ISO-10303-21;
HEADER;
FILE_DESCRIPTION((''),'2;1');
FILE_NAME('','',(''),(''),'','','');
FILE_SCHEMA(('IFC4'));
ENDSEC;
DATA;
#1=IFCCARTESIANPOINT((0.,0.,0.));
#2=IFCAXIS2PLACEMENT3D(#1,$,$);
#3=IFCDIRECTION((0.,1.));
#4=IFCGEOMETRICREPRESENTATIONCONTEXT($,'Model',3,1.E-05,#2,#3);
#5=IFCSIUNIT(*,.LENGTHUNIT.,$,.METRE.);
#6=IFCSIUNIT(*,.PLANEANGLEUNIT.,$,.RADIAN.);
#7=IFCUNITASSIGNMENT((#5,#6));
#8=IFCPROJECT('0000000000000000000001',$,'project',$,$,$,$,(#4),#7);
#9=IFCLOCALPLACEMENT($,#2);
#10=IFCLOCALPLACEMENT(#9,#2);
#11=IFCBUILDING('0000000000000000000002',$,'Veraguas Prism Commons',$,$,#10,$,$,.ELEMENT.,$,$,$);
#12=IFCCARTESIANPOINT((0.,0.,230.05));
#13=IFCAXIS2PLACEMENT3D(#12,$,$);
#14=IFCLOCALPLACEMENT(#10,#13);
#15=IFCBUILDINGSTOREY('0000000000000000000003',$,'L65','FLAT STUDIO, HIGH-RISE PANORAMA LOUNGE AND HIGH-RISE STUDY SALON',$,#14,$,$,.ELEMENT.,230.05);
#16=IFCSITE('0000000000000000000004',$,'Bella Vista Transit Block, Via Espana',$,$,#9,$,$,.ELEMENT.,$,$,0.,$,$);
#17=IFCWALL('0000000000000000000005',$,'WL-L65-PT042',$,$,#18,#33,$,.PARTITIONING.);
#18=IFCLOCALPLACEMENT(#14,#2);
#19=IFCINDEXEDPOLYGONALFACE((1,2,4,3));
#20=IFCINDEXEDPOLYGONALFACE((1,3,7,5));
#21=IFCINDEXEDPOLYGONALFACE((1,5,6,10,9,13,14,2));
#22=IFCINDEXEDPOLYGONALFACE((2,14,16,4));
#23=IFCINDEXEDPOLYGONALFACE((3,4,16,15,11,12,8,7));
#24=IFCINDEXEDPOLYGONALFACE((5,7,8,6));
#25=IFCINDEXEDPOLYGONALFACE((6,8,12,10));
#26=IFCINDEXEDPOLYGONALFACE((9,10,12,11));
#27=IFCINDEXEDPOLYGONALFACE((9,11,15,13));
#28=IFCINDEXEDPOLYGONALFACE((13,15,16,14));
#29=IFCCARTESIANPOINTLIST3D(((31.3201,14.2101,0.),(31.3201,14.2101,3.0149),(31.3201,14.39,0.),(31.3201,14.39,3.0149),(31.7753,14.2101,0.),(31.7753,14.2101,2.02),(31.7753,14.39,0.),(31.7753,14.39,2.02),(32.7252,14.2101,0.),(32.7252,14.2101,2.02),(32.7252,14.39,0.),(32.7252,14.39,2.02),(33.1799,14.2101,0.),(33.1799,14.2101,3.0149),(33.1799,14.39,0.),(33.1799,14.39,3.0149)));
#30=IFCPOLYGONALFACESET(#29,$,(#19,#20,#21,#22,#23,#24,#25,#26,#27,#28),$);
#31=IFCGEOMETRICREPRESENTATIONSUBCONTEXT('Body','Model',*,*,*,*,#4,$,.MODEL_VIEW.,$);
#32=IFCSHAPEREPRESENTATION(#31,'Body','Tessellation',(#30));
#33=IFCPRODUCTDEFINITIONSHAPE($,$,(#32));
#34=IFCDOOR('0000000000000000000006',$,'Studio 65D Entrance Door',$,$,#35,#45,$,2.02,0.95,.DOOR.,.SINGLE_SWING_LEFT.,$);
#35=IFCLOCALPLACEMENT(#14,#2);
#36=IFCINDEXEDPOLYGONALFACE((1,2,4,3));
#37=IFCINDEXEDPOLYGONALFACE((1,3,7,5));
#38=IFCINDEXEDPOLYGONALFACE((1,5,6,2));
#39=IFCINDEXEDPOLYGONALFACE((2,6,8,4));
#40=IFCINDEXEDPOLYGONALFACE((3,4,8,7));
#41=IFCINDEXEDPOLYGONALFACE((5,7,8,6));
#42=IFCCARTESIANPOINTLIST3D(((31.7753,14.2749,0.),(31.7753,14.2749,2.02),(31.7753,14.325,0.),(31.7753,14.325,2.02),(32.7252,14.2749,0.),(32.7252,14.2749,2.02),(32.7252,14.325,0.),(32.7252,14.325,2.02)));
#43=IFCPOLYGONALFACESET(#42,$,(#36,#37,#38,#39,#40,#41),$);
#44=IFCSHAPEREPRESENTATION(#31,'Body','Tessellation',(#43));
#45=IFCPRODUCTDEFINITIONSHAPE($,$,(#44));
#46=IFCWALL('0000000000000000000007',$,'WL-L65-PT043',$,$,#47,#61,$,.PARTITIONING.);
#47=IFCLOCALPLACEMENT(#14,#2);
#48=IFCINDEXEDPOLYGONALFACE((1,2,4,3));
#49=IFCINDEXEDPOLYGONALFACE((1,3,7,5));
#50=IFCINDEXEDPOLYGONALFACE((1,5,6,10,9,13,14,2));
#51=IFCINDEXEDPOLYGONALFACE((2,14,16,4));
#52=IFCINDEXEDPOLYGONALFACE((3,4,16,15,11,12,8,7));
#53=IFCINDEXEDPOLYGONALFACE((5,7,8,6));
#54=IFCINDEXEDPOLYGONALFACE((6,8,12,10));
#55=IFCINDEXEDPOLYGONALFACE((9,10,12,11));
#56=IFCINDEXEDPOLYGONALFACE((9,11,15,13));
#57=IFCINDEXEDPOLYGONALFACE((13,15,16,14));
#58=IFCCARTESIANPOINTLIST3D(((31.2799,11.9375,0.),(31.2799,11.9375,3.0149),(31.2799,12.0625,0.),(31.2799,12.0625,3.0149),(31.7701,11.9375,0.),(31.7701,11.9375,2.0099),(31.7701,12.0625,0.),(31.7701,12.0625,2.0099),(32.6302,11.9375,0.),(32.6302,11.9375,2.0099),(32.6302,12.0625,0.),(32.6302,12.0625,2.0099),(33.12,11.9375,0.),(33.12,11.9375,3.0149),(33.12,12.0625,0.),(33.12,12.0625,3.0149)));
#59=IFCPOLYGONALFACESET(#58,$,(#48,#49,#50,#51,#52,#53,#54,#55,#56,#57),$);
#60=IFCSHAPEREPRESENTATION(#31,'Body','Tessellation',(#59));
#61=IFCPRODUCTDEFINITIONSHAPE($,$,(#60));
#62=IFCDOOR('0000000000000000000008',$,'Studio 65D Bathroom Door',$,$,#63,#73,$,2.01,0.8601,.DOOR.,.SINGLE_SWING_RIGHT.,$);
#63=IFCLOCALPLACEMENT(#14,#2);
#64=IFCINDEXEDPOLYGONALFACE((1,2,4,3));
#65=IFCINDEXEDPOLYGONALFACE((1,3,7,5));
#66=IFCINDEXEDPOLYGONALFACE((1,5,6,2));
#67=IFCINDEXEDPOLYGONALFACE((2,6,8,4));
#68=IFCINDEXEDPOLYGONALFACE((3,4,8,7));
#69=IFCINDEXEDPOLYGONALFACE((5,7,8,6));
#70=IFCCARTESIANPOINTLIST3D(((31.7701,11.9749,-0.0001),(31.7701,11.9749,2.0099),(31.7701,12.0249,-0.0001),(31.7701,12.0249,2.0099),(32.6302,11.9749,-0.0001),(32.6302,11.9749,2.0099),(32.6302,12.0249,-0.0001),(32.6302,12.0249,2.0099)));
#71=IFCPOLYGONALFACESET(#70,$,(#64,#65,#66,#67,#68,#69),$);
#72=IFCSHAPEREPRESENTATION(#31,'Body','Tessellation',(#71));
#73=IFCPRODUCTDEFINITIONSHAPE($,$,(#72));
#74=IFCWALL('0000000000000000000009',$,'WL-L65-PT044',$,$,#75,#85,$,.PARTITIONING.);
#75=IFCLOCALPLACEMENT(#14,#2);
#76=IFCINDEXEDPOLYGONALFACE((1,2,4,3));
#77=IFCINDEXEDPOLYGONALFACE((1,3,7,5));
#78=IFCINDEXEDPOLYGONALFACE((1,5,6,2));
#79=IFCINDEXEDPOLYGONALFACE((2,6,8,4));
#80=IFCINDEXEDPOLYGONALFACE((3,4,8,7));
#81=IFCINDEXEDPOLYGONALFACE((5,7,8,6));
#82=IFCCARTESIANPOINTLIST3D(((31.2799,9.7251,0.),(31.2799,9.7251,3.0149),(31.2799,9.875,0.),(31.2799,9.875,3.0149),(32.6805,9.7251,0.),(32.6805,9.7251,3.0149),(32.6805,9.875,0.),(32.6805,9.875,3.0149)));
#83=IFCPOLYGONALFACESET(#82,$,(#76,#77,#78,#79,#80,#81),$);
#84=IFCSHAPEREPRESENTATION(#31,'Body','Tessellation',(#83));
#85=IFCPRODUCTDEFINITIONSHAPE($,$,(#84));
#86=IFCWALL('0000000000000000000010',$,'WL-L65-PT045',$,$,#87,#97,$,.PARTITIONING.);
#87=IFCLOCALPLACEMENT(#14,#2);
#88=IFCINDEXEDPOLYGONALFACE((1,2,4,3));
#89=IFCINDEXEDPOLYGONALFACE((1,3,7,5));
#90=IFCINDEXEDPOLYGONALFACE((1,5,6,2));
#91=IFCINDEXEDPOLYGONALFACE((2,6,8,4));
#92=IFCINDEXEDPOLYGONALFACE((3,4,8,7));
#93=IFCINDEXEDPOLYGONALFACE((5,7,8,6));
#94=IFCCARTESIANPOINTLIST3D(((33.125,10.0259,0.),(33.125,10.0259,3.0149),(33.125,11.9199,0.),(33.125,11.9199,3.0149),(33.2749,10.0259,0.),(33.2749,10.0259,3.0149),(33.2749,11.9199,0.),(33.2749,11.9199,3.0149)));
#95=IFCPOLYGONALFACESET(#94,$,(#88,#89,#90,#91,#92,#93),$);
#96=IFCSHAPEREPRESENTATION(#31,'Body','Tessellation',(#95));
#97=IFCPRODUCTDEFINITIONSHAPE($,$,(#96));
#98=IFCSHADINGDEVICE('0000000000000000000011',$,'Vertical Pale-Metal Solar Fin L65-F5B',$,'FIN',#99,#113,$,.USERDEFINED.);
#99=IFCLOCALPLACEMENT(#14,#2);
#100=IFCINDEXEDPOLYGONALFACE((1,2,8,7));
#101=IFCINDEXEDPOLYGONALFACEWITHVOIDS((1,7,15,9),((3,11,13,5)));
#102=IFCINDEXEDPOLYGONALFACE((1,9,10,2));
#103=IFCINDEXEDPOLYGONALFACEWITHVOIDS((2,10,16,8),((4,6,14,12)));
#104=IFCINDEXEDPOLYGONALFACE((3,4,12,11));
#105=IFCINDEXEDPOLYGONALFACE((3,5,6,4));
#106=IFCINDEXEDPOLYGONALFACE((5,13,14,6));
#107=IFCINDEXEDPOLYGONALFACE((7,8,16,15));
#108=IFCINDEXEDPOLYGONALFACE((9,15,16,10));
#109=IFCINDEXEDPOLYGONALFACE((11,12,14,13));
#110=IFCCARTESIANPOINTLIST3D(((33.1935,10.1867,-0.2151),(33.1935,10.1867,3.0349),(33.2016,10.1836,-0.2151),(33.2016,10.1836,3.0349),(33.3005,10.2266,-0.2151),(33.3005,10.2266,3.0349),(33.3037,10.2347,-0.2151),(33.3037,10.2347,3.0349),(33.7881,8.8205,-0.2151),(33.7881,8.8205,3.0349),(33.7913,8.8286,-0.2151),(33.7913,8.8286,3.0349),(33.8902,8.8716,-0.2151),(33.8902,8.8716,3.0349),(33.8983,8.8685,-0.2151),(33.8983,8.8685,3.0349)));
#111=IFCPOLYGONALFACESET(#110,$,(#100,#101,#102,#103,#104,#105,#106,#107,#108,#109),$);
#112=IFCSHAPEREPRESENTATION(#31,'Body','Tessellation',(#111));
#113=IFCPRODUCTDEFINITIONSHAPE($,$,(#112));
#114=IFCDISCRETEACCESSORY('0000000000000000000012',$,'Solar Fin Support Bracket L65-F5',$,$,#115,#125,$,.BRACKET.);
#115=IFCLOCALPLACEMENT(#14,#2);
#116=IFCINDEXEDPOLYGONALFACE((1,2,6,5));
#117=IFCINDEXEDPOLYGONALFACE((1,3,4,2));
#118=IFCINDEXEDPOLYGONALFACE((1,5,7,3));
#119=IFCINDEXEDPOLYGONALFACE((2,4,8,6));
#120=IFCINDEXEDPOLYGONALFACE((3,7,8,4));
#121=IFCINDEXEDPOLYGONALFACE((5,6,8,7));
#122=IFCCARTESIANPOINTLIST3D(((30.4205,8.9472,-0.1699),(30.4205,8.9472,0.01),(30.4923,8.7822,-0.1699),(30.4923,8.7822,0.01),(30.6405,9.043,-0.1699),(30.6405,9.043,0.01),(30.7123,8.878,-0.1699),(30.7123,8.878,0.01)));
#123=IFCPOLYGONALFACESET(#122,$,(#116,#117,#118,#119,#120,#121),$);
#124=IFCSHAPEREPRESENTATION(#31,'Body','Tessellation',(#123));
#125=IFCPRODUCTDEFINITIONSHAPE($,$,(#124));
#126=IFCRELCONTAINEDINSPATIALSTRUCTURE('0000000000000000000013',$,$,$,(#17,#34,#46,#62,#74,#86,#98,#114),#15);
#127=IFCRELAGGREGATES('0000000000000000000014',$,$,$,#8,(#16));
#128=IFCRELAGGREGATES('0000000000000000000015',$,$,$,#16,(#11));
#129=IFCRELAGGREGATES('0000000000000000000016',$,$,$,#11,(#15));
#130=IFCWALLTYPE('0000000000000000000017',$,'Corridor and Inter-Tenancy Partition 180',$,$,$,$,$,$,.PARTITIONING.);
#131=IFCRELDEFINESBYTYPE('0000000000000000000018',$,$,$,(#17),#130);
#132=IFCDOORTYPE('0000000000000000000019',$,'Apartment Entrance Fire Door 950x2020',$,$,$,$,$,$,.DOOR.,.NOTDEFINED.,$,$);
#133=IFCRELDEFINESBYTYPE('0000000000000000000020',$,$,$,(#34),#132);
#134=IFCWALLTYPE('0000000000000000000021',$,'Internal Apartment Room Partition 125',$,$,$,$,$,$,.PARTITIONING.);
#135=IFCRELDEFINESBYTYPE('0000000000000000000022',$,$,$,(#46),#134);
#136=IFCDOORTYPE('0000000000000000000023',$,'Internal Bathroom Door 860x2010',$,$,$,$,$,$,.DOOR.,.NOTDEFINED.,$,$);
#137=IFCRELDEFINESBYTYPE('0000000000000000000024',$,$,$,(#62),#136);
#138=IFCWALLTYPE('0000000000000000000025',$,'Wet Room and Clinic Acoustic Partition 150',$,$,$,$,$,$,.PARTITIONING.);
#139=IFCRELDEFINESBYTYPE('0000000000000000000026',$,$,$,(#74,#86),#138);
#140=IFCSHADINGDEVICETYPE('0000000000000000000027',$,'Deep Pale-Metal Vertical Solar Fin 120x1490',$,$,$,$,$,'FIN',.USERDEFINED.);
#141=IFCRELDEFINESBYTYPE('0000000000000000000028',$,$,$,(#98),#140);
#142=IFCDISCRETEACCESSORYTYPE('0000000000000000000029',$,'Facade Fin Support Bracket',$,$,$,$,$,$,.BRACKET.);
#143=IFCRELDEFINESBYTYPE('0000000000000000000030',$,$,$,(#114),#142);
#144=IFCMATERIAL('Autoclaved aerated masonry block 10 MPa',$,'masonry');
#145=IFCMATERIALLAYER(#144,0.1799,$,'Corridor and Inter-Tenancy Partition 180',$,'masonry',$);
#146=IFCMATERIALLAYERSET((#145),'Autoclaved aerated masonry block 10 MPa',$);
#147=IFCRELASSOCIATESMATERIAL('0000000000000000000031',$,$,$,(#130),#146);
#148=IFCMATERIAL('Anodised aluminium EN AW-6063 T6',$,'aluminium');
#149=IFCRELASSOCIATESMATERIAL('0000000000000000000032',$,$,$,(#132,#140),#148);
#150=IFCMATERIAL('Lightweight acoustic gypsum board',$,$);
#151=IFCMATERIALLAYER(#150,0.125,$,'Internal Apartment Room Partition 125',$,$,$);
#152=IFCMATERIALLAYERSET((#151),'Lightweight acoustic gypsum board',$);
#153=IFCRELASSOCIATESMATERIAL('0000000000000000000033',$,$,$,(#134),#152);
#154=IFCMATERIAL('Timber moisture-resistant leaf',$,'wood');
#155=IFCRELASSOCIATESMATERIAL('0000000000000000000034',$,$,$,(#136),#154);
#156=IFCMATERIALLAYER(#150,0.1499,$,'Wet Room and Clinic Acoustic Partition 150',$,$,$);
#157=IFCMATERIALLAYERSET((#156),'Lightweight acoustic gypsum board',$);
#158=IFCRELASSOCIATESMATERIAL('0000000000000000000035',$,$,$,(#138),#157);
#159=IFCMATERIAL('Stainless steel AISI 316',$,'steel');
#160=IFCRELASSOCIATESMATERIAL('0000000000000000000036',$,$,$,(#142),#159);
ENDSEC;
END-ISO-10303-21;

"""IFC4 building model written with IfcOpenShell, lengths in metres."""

from ifc_helpers import new_model, si_unit, direction, frame, frame_2d, origin, origin_2d, place, context, subcontext, project, spatial, rectangle, hollow_rectangle, extrude, source, transform, mapped, material, layer, layer_set, material_profile, profile_set, type_object, element, fill, save


model = new_model("IFC4")

# Units and contexts
model_context = context("Model", 3, precision=1e-05, world=origin(), true_north=direction((0.0, 1.0)))
body_context = subcontext(model_context, "Body", "Model", "MODEL_VIEW")
ifc_project = project(units=[si_unit("LENGTHUNIT", "METRE"), si_unit("PLANEANGLEUNIT", "RADIAN")], contexts=[model_context])

# Site, building, storey
site_placement = place(None, origin())
site = spatial("IfcSite", under=ifc_project, at=site_placement, Name="Bella Vista Transit Block, Via Espana", CompositionType="ELEMENT", RefElevation=0.0)
building_placement = place(site_placement, origin())
building = spatial("IfcBuilding", under=site, at=building_placement, Name="Veraguas Prism Commons", CompositionType="ELEMENT")
storey_placement = place(building_placement, frame((0.0, 0.0, 230.05)))
storey = spatial("IfcBuildingStorey", under=building, at=storey_placement, Name="L65", Description="FLAT STUDIO, HIGH-RISE PANORAMA LOUNGE AND HIGH-RISE STUDY SALON", CompositionType="ELEMENT", Elevation=230.05)

# Shared definitions
ifc_material_1 = material(Name="Anodised aluminium EN AW-6063 T6", Category="aluminium")

# Shared definitions
ifc_material_2 = material(Name="Autoclaved aerated masonry block 10 MPa", Category="masonry")
ifc_layer_1 = layer(ifc_material_2, 0.1799, Name="Corridor and Inter-Tenancy Partition 180", Category="masonry")
ifc_layer_set_1 = layer_set([ifc_layer_1], Name="Autoclaved aerated masonry block 10 MPa")
wall_type_1 = type_object("IfcWallType", Name="Corridor and Inter-Tenancy Partition 180", PredefinedType="PARTITIONING", material=ifc_layer_set_1)

# Walls, openings, doors
wall_1_placement = place(storey_placement, frame((31.3201, 14.3, 0.0), z_axis=(0.0, 0.0, 1.0), x_axis=(1.0, 0.0, 0.0)))
wall_1 = element("IfcWall", 1, at=wall_1_placement, inside=storey, type_object=wall_type_1, Name="WL-L65-PT042", PredefinedType="PARTITIONING", context=body_context, shape_type="SweptSolid", body=[
    extrude(rectangle(XDim=1.8599, YDim=0.1799, at=frame_2d((0.9299, 0.0))), origin(), (0.0, 0.0, 1.0), 3.0149),
])
opening_1_placement = place(wall_1_placement, frame((0.4551, 0.0, 0.0)))
opening_1 = element("IfcOpeningElement", 2, at=opening_1_placement, cuts=wall_1, PredefinedType="OPENING", context=body_context, shape_type="SweptSolid", body=[
    extrude(rectangle(XDim=0.95, YDim=2.02, at=frame_2d((0.4751, 1.01))), frame((0.0, 0.0999, 0.0), z_axis=(0.0, -1.0, 0.0), x_axis=(1.0, 0.0, 0.0)), (0.0, 0.0, 1.0), 0.2),
])
door_type_1 = type_object("IfcDoorType", Name="Apartment Entrance Fire Door 950x2020", OperationType="NOTDEFINED", PredefinedType="DOOR", material=ifc_material_1)
shared_shape_1 = source(origin(), body_context, "Body", "SweptSolid", [
    extrude(rectangle(XDim=0.95, YDim=2.02, at=frame_2d((0.4751, 1.01))), frame((0.0, 0.0249, 0.0), z_axis=(0.0, -1.0, 0.0), x_axis=(1.0, 0.0, 0.0)), (0.0, 0.0, 1.0), 0.05),
])
door_1_placement = place(opening_1_placement, origin())
door_1 = element("IfcDoor", 3, at=door_1_placement, inside=storey, type_object=door_type_1, Name="Studio 65D Entrance Door", OperationType="SINGLE_SWING_LEFT", OverallHeight=2.02, OverallWidth=0.95, PredefinedType="DOOR", context=body_context, shape_type="MappedRepresentation", body=[
    mapped(shared_shape_1, transform((0.0, 0.0, 0.0), scale=1.0)),
])
fill(opening_1, door_1)
ifc_material_3 = material(Name="Lightweight acoustic gypsum board")
ifc_layer_2 = layer(ifc_material_3, 0.125, Name="Internal Apartment Room Partition 125")
ifc_layer_set_2 = layer_set([ifc_layer_2], Name="Lightweight acoustic gypsum board")
wall_type_2 = type_object("IfcWallType", Name="Internal Apartment Room Partition 125", PredefinedType="PARTITIONING", material=ifc_layer_set_2)
wall_2_placement = place(storey_placement, frame((31.28, 12.0, 0.0), z_axis=(0.0, 0.0, 1.0), x_axis=(1.0, 0.0, 0.0)))
wall_2 = element("IfcWall", 4, at=wall_2_placement, inside=storey, type_object=wall_type_2, Name="WL-L65-PT043", PredefinedType="PARTITIONING", context=body_context, shape_type="SweptSolid", body=[
    extrude(rectangle(XDim=1.8401, YDim=0.125, at=frame_2d((0.9199, 0.0))), origin(), (0.0, 0.0, 1.0), 3.0149),
])
opening_2_placement = place(wall_2_placement, frame((0.49, 0.0, 0.0)))
opening_2 = element("IfcOpeningElement", 5, at=opening_2_placement, cuts=wall_2, PredefinedType="OPENING", context=body_context, shape_type="SweptSolid", body=[
    extrude(rectangle(XDim=0.8601, YDim=2.01, at=frame_2d((0.4302, 1.0049))), frame((0.0, 0.0725, 0.0), z_axis=(0.0, -1.0, 0.0), x_axis=(1.0, 0.0, 0.0)), (0.0, 0.0, 1.0), 0.145),
])
ifc_material_4 = material(Name="Timber moisture-resistant leaf", Category="wood")
door_type_2 = type_object("IfcDoorType", Name="Internal Bathroom Door 860x2010", OperationType="NOTDEFINED", PredefinedType="DOOR", material=ifc_material_4)
shared_shape_2 = source(origin(), body_context, "Body", "SweptSolid", [
    extrude(rectangle(XDim=0.8601, YDim=2.01, at=frame_2d((0.4302, 1.0049))), frame((0.0, 0.0249, 0.0), z_axis=(0.0, -1.0, 0.0), x_axis=(1.0, 0.0, 0.0)), (0.0, 0.0, 1.0), 0.05),
])
door_2_placement = place(opening_2_placement, origin())
door_2 = element("IfcDoor", 6, at=door_2_placement, inside=storey, type_object=door_type_2, Name="Studio 65D Bathroom Door", OperationType="SINGLE_SWING_RIGHT", OverallHeight=2.01, OverallWidth=0.8601, PredefinedType="DOOR", context=body_context, shape_type="MappedRepresentation", body=[
    mapped(shared_shape_2, transform((0.0, 0.0, 0.0), scale=1.0)),
])
fill(opening_2, door_2)

# Walls
ifc_layer_3 = layer(ifc_material_3, 0.1499, Name="Wet Room and Clinic Acoustic Partition 150")
ifc_layer_set_3 = layer_set([ifc_layer_3], Name="Lightweight acoustic gypsum board")
wall_type_3 = type_object("IfcWallType", Name="Wet Room and Clinic Acoustic Partition 150", PredefinedType="PARTITIONING", material=ifc_layer_set_3)
wall_3_placement = place(storey_placement, frame((31.28, 9.8, 0.0), z_axis=(0.0, 0.0, 1.0), x_axis=(1.0, 0.0, 0.0)))
element("IfcWall", 7, at=wall_3_placement, inside=storey, type_object=wall_type_3, Name="WL-L65-PT044", PredefinedType="PARTITIONING", context=body_context, shape_type="SweptSolid", body=[
    extrude(rectangle(XDim=1.4006, YDim=0.1499, at=frame_2d((0.7002, 0.0))), origin(), (0.0, 0.0, 1.0), 3.0149),
])
wall_4_placement = place(storey_placement, frame((33.2, 10.0259, 0.0), z_axis=(0.0, 0.0, 1.0), x_axis=(0.0, 1.0, 0.0)))
element("IfcWall", 8, at=wall_4_placement, inside=storey, type_object=wall_type_3, Name="WL-L65-PT045", PredefinedType="PARTITIONING", context=body_context, shape_type="SweptSolid", body=[
    extrude(rectangle(XDim=1.894, YDim=0.1499, at=frame_2d((0.947, 0.0))), origin(), (0.0, 0.0, 1.0), 3.0149),
])

# Shading device
ifc_material_profile_1 = material_profile(ifc_material_1, hollow_rectangle(XDim=0.1201, YDim=1.49, WallThickness=0.0061, at=origin_2d()), Name="FIN120X1490X6")
ifc_profile_set_1 = profile_set([ifc_material_profile_1], Name="Anodised aluminium EN AW-6063 T6")
shading_device_type = type_object("IfcShadingDeviceType", Name="Deep Pale-Metal Vertical Solar Fin 120x1490", ElementType="FIN", PredefinedType="USERDEFINED", material=ifc_profile_set_1)
shading_device_placement = place(storey_placement, frame((33.5459, 9.5276, -0.2151), z_axis=(0.0, 0.0, 1.0), x_axis=(0.91692, 0.399071, 0.0)))
element("IfcShadingDevice", 9, at=shading_device_placement, inside=storey, type_object=shading_device_type, Name="Vertical Pale-Metal Solar Fin L65-F5B", ObjectType="FIN", PredefinedType="USERDEFINED", context=body_context, shape_type="SweptSolid", body=[
    extrude(hollow_rectangle(XDim=0.1201, YDim=1.49, WallThickness=0.0061, at=origin_2d()), origin(), (0.0, 0.0, 1.0), 3.25),
])

# Discrete accessory
ifc_material_5 = material(Name="Stainless steel AISI 316", Category="steel")
discrete_accessory_type = type_object("IfcDiscreteAccessoryType", Name="Facade Fin Support Bracket", PredefinedType="BRACKET", material=ifc_material_5)
shared_shape_3 = source(origin(), body_context, "Body", "SweptSolid", [
    extrude(rectangle(XDim=0.24, YDim=0.1799, at=origin_2d()), origin(), (0.0, 0.0, 1.0), 0.1799),
])
discrete_accessory_placement = place(storey_placement, frame((30.5664, 8.9126, -0.1699), z_axis=(0.0, 0.0, 1.0), x_axis=(0.91692, 0.399071, 0.0)))
element("IfcDiscreteAccessory", 10, at=discrete_accessory_placement, inside=storey, type_object=discrete_accessory_type, Name="Solar Fin Support Bracket L65-F5", PredefinedType="BRACKET", context=body_context, shape_type="MappedRepresentation", body=[
    mapped(shared_shape_3, transform((0.0, 0.0, 0.0), scale=1.0)),
])

save(model, "model.ifc")
